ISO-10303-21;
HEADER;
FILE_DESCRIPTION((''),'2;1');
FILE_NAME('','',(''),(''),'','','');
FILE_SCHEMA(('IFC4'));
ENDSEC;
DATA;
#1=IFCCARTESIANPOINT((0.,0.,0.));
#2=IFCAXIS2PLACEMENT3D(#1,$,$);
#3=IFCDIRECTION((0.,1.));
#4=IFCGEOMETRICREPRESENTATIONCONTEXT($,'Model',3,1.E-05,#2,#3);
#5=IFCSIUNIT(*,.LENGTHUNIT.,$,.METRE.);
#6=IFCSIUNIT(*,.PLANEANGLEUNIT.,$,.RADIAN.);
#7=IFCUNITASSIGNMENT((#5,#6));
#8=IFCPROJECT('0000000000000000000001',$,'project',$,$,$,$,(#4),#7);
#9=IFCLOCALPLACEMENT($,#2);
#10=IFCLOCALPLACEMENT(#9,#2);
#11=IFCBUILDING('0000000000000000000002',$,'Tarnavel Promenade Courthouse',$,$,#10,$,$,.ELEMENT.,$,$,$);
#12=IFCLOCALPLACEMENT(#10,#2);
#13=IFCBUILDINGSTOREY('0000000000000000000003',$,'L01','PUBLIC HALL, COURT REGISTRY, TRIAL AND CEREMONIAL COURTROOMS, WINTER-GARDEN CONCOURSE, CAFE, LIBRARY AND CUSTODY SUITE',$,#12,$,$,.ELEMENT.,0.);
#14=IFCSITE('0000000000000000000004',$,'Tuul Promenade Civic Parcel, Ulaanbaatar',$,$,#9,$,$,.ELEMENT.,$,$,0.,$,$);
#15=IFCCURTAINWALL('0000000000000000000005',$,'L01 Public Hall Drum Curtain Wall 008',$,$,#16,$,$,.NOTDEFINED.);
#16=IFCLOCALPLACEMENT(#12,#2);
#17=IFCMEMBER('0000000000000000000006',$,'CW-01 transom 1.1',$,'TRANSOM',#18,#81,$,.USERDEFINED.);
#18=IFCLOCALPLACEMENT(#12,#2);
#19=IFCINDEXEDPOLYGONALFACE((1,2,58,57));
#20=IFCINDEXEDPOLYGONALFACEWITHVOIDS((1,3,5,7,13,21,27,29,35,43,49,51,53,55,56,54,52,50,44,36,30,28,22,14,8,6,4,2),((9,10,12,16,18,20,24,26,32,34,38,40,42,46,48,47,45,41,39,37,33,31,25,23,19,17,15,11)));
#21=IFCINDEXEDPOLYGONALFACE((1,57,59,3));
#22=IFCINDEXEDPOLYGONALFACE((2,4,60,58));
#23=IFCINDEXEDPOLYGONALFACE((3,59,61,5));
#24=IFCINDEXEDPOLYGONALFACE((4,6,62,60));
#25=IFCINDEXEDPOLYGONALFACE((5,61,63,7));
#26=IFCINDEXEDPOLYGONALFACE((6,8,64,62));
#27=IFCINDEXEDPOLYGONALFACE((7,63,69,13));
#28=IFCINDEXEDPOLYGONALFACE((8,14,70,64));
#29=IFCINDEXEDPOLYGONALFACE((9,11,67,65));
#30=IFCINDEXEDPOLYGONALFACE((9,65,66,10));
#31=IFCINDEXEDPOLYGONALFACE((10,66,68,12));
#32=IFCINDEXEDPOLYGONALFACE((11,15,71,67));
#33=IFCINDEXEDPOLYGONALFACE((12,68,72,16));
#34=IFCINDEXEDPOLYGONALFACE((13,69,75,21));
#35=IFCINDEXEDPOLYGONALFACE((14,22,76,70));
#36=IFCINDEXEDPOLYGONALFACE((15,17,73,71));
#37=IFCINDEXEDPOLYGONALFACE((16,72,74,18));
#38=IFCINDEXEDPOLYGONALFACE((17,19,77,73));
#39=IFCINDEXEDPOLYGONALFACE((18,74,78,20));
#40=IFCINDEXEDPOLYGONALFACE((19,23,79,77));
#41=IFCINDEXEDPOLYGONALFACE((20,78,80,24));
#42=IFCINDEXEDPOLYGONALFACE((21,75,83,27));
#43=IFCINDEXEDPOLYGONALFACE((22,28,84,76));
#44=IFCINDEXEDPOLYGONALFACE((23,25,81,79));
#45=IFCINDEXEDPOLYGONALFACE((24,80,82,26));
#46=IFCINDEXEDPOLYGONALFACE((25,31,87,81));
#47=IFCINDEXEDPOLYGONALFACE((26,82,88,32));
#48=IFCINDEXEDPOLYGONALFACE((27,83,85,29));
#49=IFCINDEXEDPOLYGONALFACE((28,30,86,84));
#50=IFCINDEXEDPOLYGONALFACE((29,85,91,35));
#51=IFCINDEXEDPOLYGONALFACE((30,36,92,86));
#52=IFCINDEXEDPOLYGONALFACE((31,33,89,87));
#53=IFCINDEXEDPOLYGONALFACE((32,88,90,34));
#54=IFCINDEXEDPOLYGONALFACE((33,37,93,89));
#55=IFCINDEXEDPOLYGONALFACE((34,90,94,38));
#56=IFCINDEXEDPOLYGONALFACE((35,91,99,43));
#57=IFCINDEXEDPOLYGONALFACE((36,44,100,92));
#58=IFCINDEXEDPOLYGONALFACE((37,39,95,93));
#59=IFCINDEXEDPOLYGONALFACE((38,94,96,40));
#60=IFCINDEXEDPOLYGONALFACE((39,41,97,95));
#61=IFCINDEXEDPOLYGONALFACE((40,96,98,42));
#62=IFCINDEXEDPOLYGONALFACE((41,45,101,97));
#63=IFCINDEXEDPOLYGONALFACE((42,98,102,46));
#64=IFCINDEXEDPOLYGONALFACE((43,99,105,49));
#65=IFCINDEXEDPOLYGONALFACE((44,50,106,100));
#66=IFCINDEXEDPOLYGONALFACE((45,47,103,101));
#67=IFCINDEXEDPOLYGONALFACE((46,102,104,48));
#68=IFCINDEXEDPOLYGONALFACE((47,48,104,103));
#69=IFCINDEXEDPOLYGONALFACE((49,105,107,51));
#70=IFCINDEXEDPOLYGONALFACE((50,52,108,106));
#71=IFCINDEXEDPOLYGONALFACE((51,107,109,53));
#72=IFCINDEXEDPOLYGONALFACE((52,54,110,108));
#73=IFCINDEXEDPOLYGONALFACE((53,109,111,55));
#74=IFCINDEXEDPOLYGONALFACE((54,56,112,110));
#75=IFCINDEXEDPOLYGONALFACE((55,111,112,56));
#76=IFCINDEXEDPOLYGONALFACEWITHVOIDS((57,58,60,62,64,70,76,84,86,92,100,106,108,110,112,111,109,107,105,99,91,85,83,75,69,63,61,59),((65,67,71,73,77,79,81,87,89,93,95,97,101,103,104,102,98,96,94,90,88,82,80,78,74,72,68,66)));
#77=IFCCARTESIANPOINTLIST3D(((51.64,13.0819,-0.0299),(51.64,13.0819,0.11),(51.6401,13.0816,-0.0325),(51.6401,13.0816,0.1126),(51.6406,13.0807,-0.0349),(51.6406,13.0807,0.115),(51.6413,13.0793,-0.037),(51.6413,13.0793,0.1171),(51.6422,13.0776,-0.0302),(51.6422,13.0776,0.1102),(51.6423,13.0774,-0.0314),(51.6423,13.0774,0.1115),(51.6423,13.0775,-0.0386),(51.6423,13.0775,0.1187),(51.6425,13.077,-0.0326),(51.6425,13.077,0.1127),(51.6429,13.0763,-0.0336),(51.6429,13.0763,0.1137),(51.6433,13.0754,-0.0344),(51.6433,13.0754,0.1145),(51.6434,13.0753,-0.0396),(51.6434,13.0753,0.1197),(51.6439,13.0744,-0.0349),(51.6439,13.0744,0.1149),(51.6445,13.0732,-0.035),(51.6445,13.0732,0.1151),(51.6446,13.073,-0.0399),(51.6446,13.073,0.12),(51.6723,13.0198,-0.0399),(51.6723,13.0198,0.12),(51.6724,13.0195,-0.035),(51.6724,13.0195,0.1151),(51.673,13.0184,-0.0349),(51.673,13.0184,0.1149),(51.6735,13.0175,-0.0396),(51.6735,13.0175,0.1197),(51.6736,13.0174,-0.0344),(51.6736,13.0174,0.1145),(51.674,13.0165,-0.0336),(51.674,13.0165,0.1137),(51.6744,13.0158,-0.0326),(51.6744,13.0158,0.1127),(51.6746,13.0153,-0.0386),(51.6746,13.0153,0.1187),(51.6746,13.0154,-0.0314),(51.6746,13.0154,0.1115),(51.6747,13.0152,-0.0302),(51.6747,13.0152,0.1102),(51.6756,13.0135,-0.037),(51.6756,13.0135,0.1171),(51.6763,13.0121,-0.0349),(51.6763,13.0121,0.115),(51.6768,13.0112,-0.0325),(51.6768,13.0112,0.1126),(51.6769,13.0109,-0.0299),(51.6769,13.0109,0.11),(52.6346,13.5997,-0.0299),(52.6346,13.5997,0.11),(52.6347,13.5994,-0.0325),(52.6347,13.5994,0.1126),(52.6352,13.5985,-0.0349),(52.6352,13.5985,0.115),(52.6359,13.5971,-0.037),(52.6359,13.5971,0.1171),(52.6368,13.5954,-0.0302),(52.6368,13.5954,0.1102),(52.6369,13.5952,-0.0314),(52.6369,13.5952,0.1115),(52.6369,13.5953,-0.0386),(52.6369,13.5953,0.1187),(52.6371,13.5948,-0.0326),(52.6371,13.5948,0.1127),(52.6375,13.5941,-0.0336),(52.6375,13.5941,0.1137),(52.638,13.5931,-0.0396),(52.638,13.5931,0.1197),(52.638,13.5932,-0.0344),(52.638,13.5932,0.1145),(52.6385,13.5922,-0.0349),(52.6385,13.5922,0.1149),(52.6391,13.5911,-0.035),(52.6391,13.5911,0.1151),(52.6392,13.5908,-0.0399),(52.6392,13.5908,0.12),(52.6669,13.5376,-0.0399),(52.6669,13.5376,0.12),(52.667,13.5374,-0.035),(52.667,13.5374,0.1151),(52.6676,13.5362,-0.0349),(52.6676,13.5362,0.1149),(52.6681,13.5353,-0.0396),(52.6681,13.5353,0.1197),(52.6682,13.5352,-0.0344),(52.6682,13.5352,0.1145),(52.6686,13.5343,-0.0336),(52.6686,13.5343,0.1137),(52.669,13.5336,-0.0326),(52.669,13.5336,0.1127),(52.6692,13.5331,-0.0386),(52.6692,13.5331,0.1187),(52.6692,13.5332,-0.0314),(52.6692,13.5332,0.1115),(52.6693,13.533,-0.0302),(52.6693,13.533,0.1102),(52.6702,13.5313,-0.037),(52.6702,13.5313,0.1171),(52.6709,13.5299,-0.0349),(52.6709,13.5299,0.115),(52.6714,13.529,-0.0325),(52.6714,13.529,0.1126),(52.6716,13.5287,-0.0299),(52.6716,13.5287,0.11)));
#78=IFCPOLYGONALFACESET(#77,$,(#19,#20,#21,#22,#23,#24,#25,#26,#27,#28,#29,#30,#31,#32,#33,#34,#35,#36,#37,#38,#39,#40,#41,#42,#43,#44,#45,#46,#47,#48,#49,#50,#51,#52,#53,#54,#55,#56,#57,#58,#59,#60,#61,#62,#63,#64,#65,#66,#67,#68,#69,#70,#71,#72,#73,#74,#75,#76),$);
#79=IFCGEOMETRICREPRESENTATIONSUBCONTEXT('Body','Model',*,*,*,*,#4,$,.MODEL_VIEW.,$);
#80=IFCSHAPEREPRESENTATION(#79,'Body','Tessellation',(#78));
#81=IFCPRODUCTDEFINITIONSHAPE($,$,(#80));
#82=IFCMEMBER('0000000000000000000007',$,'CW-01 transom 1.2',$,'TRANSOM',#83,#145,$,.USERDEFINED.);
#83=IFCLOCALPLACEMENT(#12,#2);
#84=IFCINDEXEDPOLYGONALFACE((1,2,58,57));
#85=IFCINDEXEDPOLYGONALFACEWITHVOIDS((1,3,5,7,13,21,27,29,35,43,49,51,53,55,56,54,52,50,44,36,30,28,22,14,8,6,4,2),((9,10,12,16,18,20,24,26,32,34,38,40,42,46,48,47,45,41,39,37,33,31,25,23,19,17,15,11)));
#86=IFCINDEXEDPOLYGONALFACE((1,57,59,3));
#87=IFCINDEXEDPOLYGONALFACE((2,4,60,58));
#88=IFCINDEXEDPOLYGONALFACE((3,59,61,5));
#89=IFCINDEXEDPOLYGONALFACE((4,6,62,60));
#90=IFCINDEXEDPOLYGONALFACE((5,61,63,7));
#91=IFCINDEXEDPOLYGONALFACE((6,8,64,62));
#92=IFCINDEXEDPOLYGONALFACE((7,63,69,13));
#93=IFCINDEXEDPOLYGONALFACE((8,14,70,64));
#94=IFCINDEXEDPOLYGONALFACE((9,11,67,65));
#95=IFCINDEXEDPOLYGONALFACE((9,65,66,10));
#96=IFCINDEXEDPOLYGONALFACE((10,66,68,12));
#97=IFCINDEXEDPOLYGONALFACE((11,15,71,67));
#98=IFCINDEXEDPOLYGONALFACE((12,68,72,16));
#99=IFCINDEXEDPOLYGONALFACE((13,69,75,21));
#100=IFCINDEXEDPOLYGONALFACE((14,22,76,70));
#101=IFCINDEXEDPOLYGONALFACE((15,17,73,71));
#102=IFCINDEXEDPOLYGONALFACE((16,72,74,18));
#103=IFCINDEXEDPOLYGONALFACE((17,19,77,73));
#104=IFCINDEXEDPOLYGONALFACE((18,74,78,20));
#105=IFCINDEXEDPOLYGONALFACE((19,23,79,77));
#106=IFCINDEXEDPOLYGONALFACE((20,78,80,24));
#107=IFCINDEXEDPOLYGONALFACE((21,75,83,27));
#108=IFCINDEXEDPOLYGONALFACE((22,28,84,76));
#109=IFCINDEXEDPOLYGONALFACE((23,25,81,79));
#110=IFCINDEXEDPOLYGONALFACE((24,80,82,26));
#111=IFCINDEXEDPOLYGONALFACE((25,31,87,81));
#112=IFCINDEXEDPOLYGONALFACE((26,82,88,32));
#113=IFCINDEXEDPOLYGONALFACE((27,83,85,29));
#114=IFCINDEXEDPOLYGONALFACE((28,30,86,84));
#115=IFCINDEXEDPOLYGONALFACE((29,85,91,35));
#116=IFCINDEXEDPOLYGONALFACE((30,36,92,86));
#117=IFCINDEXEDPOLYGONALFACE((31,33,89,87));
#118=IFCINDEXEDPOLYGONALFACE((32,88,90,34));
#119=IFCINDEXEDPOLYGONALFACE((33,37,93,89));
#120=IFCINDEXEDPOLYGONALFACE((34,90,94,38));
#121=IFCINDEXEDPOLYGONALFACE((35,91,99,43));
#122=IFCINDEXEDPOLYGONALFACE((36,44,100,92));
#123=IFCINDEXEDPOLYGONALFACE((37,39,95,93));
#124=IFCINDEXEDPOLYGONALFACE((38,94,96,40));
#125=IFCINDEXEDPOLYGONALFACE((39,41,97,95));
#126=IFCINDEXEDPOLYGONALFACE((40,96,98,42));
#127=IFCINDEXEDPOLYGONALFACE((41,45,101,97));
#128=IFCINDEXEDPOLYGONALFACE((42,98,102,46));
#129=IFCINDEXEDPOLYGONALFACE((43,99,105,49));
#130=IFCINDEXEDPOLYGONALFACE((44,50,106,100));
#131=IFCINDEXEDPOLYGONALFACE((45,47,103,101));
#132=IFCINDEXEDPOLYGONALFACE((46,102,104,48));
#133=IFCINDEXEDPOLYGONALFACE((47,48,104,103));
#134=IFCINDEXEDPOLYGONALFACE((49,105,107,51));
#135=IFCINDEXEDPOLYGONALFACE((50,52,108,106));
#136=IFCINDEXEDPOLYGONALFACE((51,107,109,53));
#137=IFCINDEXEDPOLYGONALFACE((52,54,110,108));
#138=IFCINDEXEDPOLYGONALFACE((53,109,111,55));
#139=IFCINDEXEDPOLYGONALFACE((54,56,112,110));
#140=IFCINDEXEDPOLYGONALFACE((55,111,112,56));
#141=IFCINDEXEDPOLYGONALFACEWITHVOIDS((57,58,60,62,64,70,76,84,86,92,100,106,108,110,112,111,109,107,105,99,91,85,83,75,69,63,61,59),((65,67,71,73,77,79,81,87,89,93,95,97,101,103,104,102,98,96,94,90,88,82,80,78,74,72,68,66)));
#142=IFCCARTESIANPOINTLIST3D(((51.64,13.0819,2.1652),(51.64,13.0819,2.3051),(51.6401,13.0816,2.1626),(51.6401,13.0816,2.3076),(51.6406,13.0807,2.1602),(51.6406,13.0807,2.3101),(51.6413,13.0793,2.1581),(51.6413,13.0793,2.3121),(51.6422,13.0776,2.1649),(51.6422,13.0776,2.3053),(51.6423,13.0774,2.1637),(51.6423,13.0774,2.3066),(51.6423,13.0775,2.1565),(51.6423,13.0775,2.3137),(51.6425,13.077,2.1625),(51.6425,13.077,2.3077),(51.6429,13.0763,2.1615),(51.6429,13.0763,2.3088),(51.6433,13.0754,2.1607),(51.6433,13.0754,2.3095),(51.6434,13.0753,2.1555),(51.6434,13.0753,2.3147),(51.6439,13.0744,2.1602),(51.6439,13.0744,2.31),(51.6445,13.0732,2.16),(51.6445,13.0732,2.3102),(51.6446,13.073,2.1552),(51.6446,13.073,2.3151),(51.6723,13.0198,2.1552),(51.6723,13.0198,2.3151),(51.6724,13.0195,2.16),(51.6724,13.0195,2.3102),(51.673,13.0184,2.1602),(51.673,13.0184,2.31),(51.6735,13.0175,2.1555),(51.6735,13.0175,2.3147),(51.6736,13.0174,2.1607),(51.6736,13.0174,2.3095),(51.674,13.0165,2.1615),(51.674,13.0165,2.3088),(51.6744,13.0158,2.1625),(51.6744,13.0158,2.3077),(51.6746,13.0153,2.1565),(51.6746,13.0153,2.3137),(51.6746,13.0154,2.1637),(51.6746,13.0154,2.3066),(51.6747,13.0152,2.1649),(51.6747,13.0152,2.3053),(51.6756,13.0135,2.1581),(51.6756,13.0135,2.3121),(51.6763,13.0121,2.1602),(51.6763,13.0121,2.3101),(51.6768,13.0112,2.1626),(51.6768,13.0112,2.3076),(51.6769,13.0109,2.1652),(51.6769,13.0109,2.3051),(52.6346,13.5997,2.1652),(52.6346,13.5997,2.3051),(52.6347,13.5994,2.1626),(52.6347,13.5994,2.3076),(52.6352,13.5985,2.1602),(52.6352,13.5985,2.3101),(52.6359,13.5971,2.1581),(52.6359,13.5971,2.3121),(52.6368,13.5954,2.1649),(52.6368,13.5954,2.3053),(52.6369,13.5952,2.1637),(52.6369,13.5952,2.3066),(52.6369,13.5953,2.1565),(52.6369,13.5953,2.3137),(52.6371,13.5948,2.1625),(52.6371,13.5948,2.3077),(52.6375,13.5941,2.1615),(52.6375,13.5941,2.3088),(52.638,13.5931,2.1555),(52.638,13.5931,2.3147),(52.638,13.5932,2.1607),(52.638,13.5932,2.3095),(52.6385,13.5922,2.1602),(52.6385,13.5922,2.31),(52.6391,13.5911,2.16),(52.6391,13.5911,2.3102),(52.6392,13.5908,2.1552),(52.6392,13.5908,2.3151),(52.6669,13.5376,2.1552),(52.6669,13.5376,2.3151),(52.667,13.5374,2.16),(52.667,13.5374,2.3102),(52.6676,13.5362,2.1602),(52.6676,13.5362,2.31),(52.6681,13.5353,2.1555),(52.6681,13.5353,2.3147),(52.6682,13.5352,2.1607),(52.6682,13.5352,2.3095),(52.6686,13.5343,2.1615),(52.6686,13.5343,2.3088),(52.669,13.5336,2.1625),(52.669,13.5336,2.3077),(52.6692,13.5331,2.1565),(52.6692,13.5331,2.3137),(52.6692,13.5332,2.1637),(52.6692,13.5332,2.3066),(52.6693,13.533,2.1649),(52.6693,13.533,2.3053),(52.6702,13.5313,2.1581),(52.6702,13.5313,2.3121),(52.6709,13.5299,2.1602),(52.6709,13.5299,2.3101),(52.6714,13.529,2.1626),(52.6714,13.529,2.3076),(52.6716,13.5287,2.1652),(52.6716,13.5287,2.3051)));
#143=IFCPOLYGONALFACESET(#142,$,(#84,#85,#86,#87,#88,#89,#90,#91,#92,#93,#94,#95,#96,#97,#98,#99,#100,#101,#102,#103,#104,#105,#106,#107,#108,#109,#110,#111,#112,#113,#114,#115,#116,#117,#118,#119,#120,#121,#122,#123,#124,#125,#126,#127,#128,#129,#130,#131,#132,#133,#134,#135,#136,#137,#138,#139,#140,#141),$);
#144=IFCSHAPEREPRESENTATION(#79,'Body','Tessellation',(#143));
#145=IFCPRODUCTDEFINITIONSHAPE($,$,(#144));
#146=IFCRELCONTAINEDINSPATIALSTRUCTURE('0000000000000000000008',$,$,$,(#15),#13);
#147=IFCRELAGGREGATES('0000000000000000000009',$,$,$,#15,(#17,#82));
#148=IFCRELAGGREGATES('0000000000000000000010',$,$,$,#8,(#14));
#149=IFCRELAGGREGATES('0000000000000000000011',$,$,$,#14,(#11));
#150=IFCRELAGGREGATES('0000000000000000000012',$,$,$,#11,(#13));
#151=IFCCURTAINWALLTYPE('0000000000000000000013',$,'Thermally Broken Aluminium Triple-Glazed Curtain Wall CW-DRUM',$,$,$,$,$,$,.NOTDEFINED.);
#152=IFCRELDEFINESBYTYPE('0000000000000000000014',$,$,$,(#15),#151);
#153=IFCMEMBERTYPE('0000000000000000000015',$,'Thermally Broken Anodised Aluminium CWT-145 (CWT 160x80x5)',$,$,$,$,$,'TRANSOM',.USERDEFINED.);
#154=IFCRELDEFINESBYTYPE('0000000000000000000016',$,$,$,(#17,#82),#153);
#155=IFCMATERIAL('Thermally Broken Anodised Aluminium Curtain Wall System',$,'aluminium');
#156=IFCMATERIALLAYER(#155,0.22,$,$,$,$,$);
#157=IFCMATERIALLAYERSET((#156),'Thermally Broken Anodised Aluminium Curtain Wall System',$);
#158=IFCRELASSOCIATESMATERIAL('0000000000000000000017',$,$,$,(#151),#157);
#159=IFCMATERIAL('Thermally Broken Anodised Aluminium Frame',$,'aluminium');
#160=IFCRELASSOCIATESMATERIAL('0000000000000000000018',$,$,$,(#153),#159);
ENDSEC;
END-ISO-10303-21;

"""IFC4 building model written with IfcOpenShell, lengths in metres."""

from ifc_helpers import new_model, si_unit, direction, frame, origin, origin_2d, place, context, subcontext, project, spatial, hollow_rectangle, extrude, material, layer, layer_set, material_profile, profile_set, type_object, element, aggregate, save


model = new_model("IFC4")

# Units and contexts
model_context = context("Model", 3, precision=1e-05, world=origin(), true_north=direction((0.0, 1.0)))
body_context = subcontext(model_context, "Body", "Model", "MODEL_VIEW")
ifc_project = project(units=[si_unit("LENGTHUNIT", "METRE"), si_unit("PLANEANGLEUNIT", "RADIAN")], contexts=[model_context])

# Site, building, storey
site_placement = place(None, origin())
site = spatial("IfcSite", under=ifc_project, at=site_placement, Name="Tuul Promenade Civic Parcel, Ulaanbaatar", CompositionType="ELEMENT", RefElevation=0.0)
building_placement = place(site_placement, origin())
building = spatial("IfcBuilding", under=site, at=building_placement, Name="Tarnavel Promenade Courthouse", CompositionType="ELEMENT")
storey_placement = place(building_placement, origin())
storey = spatial("IfcBuildingStorey", under=building, at=storey_placement, Name="L01", Description="PUBLIC HALL, COURT REGISTRY, TRIAL AND CEREMONIAL COURTROOMS, WINTER-GARDEN CONCOURSE, CAFE, LIBRARY AND CUSTODY SUITE", CompositionType="ELEMENT", Elevation=0.0)

# Shared definitions
ifc_material_1 = material(Name="Thermally Broken Anodised Aluminium Curtain Wall System", Category="aluminium")
ifc_layer_1 = layer(ifc_material_1, 0.22)
ifc_layer_set_1 = layer_set([ifc_layer_1], Name="Thermally Broken Anodised Aluminium Curtain Wall System")
curtain_wall_type = type_object("IfcCurtainWallType", Name="Thermally Broken Aluminium Triple-Glazed Curtain Wall CW-DRUM", PredefinedType="NOTDEFINED", material=ifc_layer_set_1)
ifc_material_2 = material(Name="Thermally Broken Anodised Aluminium Frame", Category="aluminium")

# Curtain wall
curtain_wall_1_placement = place(storey_placement, origin())
curtain_wall_1 = element("IfcCurtainWall", 1, at=curtain_wall_1_placement, inside=storey, type_object=curtain_wall_type, Name="L01 Public Hall Drum Curtain Wall 008", PredefinedType="NOTDEFINED")

# Members
ifc_material_profile_1 = material_profile(ifc_material_2, hollow_rectangle(XDim=0.0801, YDim=0.1599, WallThickness=0.0049, InnerFilletRadius=0.0049, OuterFilletRadius=0.01, at=origin_2d()), Name="CWT 160x80x5")
ifc_profile_set_1 = profile_set([ifc_material_profile_1], Name="Thermally Broken Anodised Aluminium Frame")
member_type_1 = type_object("IfcMemberType", Name="Thermally Broken Anodised Aluminium CWT-145 (CWT 160x80x5)", ElementType="TRANSOM", PredefinedType="USERDEFINED", material=ifc_profile_set_1)
member_1_placement = place(storey_placement, frame((51.6584, 13.0464, 0.04), z_axis=(0.886992, 0.461785, 0.0), x_axis=(-0.461785, 0.886992, 0.0)))
member_1 = element("IfcMember", 2, at=member_1_placement, type_object=member_type_1, Name="CW-01 transom 1.1", ObjectType="TRANSOM", PredefinedType="USERDEFINED", context=body_context, shape_type="SweptSolid", body=[
    extrude(hollow_rectangle(XDim=0.0801, YDim=0.1599, WallThickness=0.0049, InnerFilletRadius=0.0049, OuterFilletRadius=0.01, at=origin_2d()), origin(), (0.0, 0.0, 1.0), 1.1213),
])
member_2_placement = place(storey_placement, frame((51.6584, 13.0464, 2.2351), z_axis=(0.886992, 0.461785, 0.0), x_axis=(-0.461785, 0.886992, 0.0)))
member_2 = element("IfcMember", 3, at=member_2_placement, type_object=member_type_1, Name="CW-01 transom 1.2", ObjectType="TRANSOM", PredefinedType="USERDEFINED", context=body_context, shape_type="SweptSolid", body=[
    extrude(hollow_rectangle(XDim=0.0801, YDim=0.1599, WallThickness=0.0049, InnerFilletRadius=0.0049, OuterFilletRadius=0.01, at=origin_2d()), origin(), (0.0, 0.0, 1.0), 1.1213),
])

aggregate(curtain_wall_1, [member_1, member_2])

save(model, "model.ifc")
